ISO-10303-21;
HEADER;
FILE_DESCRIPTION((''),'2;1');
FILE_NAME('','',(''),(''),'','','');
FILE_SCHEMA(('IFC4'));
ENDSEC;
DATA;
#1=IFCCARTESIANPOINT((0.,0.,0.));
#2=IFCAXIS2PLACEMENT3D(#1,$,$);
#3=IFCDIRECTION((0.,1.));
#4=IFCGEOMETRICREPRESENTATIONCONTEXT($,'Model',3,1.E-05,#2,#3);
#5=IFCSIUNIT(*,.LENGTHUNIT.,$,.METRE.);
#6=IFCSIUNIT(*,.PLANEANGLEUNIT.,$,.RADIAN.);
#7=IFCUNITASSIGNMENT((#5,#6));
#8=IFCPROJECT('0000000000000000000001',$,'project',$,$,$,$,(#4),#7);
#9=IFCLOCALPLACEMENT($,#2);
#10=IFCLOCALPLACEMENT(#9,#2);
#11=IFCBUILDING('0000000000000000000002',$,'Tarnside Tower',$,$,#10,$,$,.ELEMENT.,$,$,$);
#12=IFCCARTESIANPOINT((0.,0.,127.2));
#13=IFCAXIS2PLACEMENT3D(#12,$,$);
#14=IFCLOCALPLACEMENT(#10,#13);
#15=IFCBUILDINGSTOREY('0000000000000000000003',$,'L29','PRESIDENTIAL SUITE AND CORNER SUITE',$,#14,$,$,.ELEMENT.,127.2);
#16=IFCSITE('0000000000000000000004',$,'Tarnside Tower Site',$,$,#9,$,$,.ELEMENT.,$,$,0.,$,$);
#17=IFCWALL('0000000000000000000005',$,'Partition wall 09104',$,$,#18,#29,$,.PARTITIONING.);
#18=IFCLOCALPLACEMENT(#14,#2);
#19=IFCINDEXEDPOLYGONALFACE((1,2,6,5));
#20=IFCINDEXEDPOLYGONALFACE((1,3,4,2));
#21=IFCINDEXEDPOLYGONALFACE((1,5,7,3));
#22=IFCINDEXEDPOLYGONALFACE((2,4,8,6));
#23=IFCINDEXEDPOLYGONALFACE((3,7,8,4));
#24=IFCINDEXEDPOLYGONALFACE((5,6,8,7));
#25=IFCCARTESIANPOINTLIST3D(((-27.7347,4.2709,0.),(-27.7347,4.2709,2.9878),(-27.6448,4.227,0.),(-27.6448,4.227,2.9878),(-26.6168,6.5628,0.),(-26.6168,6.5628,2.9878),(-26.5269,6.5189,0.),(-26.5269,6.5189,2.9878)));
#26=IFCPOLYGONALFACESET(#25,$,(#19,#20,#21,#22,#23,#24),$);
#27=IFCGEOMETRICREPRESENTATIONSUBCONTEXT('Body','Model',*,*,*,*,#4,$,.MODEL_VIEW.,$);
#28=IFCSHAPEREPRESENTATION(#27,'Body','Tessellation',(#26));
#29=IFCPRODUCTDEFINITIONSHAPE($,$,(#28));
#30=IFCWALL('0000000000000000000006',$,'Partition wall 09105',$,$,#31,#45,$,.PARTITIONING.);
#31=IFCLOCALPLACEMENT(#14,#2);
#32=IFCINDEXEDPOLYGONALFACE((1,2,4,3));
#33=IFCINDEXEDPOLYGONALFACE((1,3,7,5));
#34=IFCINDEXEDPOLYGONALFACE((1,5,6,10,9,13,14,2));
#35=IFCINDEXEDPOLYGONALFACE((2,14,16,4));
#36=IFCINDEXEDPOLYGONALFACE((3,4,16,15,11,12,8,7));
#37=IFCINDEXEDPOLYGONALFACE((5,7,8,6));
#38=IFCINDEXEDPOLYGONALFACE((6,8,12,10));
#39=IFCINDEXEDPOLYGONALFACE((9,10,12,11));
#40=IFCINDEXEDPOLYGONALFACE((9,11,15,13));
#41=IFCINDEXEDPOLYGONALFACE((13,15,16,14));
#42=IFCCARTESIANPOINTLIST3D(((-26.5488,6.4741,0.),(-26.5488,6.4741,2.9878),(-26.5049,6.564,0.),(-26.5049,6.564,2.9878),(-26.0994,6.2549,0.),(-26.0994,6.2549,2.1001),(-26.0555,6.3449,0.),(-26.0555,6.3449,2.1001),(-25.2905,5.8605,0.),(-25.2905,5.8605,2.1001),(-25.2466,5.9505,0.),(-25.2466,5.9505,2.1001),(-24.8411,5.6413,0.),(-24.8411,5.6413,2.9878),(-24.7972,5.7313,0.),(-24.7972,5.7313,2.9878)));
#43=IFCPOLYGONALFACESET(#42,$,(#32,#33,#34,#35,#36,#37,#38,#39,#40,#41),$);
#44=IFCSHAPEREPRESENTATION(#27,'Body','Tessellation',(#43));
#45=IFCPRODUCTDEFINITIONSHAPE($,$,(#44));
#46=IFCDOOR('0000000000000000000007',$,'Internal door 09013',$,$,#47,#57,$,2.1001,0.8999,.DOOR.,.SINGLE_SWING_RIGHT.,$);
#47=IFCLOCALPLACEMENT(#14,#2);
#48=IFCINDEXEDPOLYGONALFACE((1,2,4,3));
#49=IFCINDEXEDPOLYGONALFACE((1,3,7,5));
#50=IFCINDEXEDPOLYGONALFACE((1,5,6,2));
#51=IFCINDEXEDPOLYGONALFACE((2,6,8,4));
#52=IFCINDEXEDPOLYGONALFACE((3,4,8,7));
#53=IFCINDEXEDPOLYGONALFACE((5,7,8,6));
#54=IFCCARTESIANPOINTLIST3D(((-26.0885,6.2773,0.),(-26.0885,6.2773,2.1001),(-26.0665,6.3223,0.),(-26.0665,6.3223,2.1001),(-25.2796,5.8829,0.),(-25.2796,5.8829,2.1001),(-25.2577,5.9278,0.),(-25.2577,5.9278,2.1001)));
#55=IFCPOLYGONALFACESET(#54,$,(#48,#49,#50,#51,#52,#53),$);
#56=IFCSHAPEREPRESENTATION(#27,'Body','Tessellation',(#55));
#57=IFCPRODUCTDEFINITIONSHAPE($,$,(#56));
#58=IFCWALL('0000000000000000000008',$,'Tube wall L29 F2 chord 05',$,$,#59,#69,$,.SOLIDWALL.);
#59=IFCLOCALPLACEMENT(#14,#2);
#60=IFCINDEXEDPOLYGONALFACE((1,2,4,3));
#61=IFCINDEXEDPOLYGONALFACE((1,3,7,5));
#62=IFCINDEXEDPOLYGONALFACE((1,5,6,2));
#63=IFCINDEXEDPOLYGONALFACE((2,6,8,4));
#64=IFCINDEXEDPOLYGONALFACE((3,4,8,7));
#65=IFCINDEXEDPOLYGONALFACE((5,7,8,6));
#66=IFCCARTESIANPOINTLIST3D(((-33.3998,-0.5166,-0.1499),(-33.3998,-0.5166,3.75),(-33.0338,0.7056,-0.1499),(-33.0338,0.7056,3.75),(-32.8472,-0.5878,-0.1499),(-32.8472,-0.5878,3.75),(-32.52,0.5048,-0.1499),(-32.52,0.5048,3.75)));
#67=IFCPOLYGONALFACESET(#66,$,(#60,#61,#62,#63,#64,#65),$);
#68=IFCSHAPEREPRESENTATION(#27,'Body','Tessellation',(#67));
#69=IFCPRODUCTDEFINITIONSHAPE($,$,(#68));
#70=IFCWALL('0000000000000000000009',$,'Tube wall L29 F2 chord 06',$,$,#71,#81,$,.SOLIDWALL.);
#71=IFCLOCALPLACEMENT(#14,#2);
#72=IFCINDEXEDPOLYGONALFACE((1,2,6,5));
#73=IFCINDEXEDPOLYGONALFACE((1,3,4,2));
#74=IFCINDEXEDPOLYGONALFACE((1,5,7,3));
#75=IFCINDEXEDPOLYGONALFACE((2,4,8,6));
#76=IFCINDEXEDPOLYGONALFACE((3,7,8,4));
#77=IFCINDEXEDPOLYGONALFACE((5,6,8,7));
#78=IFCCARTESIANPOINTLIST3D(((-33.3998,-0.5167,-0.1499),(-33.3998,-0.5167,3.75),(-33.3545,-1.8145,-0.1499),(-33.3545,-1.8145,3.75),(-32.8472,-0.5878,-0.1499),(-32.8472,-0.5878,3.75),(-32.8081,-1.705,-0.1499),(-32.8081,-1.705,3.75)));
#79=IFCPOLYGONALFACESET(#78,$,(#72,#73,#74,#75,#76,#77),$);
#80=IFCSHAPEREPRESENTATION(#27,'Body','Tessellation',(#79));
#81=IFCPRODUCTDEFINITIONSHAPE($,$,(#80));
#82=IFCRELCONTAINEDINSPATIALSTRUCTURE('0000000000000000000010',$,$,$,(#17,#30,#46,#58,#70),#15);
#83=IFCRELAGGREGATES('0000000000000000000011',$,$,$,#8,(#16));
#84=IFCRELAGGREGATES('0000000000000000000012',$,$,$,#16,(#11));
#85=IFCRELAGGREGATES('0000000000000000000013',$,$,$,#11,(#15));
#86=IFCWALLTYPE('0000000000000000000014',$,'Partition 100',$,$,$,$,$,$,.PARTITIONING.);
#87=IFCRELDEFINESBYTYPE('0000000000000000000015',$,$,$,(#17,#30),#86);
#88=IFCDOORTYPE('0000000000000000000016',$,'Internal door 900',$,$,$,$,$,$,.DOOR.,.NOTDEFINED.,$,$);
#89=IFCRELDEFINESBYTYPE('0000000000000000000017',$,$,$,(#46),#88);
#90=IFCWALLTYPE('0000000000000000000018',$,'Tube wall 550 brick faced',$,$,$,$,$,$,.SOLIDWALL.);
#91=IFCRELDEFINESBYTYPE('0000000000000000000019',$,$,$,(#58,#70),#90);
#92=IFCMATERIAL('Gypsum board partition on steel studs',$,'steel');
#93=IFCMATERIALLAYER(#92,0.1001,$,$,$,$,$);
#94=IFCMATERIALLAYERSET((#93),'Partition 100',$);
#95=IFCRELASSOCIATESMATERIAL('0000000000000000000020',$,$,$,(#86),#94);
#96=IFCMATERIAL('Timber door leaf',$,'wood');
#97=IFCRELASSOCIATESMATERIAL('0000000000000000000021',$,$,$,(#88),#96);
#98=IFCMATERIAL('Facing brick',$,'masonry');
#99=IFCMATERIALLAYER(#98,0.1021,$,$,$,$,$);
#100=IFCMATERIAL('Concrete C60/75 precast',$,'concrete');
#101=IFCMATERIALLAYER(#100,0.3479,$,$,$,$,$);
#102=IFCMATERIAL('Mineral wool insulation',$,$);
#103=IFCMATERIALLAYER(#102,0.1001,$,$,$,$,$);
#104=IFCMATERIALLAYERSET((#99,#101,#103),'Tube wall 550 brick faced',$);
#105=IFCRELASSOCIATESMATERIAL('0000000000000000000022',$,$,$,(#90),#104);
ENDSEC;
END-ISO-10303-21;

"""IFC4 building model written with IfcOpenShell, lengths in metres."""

from ifc_helpers import new_model, si_unit, direction, frame, frame_2d, origin, place, context, subcontext, project, spatial, polyline, rectangle, outline, extrude, material, layer, layer_set, type_object, element, fill, save


model = new_model("IFC4")

# Units and contexts
model_context = context("Model", 3, precision=1e-05, world=origin(), true_north=direction((0.0, 1.0)))
body_context = subcontext(model_context, "Body", "Model", "MODEL_VIEW")
ifc_project = project(units=[si_unit("LENGTHUNIT", "METRE"), si_unit("PLANEANGLEUNIT", "RADIAN")], contexts=[model_context])

# Site, building, storey
site_placement = place(None, origin())
site = spatial("IfcSite", under=ifc_project, at=site_placement, Name="Tarnside Tower Site", CompositionType="ELEMENT", RefElevation=0.0)
building_placement = place(site_placement, origin())
building = spatial("IfcBuilding", under=site, at=building_placement, Name="Tarnside Tower", CompositionType="ELEMENT")
storey_placement = place(building_placement, frame((0.0, 0.0, 127.2)))
storey = spatial("IfcBuildingStorey", under=building, at=storey_placement, Name="L29", Description="PRESIDENTIAL SUITE AND CORNER SUITE", CompositionType="ELEMENT", Elevation=127.2)

# Shared definitions
ifc_material_1 = material(Name="Gypsum board partition on steel studs", Category="steel")

# Shared definitions
ifc_material_2 = material(Name="Timber door leaf", Category="wood")

# Wall
ifc_layer_1 = layer(ifc_material_1, 0.1001)
ifc_layer_set_1 = layer_set([ifc_layer_1], Name="Partition 100")
wall_type_1 = type_object("IfcWallType", Name="Partition 100", PredefinedType="PARTITIONING", material=ifc_layer_set_1)
wall_1_placement = place(storey_placement, frame((-27.6897, 4.249, 0.0), z_axis=(0.0, 0.0, 1.0), x_axis=(0.438384, 0.898788, 0.0)))
element("IfcWall", 1, at=wall_1_placement, inside=storey, type_object=wall_type_1, Name="Partition wall 09104", PredefinedType="PARTITIONING", context=body_context, shape_type="SweptSolid", body=[
    extrude(rectangle(XDim=2.55, YDim=0.1001, at=frame_2d((1.2749, 0.0))), origin(), (0.0, 0.0, 1.0), 2.9878),
])

# Wall, opening, door
wall_2_placement = place(storey_placement, frame((-26.5269, 6.519, 0.0), z_axis=(0.0, 0.0, 1.0), x_axis=(0.898829, -0.4383, 0.0)))
wall_2 = element("IfcWall", 2, at=wall_2_placement, inside=storey, type_object=wall_type_1, Name="Partition wall 09105", PredefinedType="PARTITIONING", context=body_context, shape_type="SweptSolid", body=[
    extrude(rectangle(XDim=1.8999, YDim=0.1001, at=frame_2d((0.95, 0.0))), origin(), (0.0, 0.0, 1.0), 2.9878),
])
opening_1_placement = place(wall_2_placement, frame((0.5, 0.0, 0.0)))
opening_1 = element("IfcOpeningElement", 3, at=opening_1_placement, cuts=wall_2, PredefinedType="OPENING", context=body_context, shape_type="SweptSolid", body=[
    extrude(rectangle(XDim=0.8999, YDim=2.1001, at=frame_2d((0.45, 1.05))), frame((0.0, 0.0601, 0.0), z_axis=(0.0, -1.0, 0.0), x_axis=(1.0, 0.0, 0.0)), (0.0, 0.0, 1.0), 0.1201),
])
door_type_1 = type_object("IfcDoorType", Name="Internal door 900", OperationType="NOTDEFINED", PredefinedType="DOOR", material=ifc_material_2)
door_1_placement = place(opening_1_placement, origin())
door_1 = element("IfcDoor", 4, at=door_1_placement, inside=storey, type_object=door_type_1, Name="Internal door 09013", OperationType="SINGLE_SWING_RIGHT", OverallHeight=2.1001, OverallWidth=0.8999, PredefinedType="DOOR", context=body_context, shape_type="SweptSolid", body=[
    extrude(rectangle(XDim=0.8999, YDim=2.1001, at=frame_2d((0.45, 1.05))), frame((0.0, 0.0249, 0.0), z_axis=(0.0, -1.0, 0.0), x_axis=(1.0, 0.0, 0.0)), (0.0, 0.0, 1.0), 0.05),
])
fill(opening_1, door_1)

# Walls
ifc_material_3 = material(Name="Facing brick", Category="masonry")
ifc_layer_2 = layer(ifc_material_3, 0.1021)
ifc_material_4 = material(Name="Concrete C60/75 precast", Category="concrete")
ifc_layer_3 = layer(ifc_material_4, 0.3479)
ifc_material_5 = material(Name="Mineral wool insulation")
ifc_layer_4 = layer(ifc_material_5, 0.1001)
ifc_layer_set_2 = layer_set([ifc_layer_2, ifc_layer_3, ifc_layer_4], Name="Tube wall 550 brick faced")
wall_type_2 = type_object("IfcWallType", Name="Tube wall 550 brick faced", PredefinedType="SOLIDWALL", material=ifc_layer_set_2)
wall_3_placement = place(storey_placement, frame((-32.7769, 0.6052, -0.1499), z_axis=(0.0, 0.0, 1.0), x_axis=(-0.286921, -0.957954, 0.0)))
element("IfcWall", 5, at=wall_3_placement, inside=storey, type_object=wall_type_2, Name="Tube wall L29 F2 chord 05", PredefinedType="SOLIDWALL", context=body_context, shape_type="SweptSolid", body=[
    extrude(outline(polyline([(-0.0225, -0.2749), (1.2534, -0.2749), (1.1631, 0.2749), (0.0225, 0.2749), (-0.0225, -0.2749)])), origin(), (0.0, 0.0, 1.0), 3.8999),
])
wall_4_placement = place(storey_placement, frame((-33.1235, -0.5522, -0.1499), z_axis=(0.0, 0.0, 1.0), x_axis=(0.034956, -0.999389, 0.0)))
element("IfcWall", 6, at=wall_4_placement, inside=storey, type_object=wall_type_2, Name="Tube wall L29 F2 chord 06", PredefinedType="SOLIDWALL", context=body_context, shape_type="SweptSolid", body=[
    extrude(outline(polyline([(-0.0452, -0.2749), (1.2534, -0.2749), (1.1631, 0.2749), (0.0452, 0.2749), (-0.0452, -0.2749)])), origin(), (0.0, 0.0, 1.0), 3.8999),
])

save(model, "model.ifc")
